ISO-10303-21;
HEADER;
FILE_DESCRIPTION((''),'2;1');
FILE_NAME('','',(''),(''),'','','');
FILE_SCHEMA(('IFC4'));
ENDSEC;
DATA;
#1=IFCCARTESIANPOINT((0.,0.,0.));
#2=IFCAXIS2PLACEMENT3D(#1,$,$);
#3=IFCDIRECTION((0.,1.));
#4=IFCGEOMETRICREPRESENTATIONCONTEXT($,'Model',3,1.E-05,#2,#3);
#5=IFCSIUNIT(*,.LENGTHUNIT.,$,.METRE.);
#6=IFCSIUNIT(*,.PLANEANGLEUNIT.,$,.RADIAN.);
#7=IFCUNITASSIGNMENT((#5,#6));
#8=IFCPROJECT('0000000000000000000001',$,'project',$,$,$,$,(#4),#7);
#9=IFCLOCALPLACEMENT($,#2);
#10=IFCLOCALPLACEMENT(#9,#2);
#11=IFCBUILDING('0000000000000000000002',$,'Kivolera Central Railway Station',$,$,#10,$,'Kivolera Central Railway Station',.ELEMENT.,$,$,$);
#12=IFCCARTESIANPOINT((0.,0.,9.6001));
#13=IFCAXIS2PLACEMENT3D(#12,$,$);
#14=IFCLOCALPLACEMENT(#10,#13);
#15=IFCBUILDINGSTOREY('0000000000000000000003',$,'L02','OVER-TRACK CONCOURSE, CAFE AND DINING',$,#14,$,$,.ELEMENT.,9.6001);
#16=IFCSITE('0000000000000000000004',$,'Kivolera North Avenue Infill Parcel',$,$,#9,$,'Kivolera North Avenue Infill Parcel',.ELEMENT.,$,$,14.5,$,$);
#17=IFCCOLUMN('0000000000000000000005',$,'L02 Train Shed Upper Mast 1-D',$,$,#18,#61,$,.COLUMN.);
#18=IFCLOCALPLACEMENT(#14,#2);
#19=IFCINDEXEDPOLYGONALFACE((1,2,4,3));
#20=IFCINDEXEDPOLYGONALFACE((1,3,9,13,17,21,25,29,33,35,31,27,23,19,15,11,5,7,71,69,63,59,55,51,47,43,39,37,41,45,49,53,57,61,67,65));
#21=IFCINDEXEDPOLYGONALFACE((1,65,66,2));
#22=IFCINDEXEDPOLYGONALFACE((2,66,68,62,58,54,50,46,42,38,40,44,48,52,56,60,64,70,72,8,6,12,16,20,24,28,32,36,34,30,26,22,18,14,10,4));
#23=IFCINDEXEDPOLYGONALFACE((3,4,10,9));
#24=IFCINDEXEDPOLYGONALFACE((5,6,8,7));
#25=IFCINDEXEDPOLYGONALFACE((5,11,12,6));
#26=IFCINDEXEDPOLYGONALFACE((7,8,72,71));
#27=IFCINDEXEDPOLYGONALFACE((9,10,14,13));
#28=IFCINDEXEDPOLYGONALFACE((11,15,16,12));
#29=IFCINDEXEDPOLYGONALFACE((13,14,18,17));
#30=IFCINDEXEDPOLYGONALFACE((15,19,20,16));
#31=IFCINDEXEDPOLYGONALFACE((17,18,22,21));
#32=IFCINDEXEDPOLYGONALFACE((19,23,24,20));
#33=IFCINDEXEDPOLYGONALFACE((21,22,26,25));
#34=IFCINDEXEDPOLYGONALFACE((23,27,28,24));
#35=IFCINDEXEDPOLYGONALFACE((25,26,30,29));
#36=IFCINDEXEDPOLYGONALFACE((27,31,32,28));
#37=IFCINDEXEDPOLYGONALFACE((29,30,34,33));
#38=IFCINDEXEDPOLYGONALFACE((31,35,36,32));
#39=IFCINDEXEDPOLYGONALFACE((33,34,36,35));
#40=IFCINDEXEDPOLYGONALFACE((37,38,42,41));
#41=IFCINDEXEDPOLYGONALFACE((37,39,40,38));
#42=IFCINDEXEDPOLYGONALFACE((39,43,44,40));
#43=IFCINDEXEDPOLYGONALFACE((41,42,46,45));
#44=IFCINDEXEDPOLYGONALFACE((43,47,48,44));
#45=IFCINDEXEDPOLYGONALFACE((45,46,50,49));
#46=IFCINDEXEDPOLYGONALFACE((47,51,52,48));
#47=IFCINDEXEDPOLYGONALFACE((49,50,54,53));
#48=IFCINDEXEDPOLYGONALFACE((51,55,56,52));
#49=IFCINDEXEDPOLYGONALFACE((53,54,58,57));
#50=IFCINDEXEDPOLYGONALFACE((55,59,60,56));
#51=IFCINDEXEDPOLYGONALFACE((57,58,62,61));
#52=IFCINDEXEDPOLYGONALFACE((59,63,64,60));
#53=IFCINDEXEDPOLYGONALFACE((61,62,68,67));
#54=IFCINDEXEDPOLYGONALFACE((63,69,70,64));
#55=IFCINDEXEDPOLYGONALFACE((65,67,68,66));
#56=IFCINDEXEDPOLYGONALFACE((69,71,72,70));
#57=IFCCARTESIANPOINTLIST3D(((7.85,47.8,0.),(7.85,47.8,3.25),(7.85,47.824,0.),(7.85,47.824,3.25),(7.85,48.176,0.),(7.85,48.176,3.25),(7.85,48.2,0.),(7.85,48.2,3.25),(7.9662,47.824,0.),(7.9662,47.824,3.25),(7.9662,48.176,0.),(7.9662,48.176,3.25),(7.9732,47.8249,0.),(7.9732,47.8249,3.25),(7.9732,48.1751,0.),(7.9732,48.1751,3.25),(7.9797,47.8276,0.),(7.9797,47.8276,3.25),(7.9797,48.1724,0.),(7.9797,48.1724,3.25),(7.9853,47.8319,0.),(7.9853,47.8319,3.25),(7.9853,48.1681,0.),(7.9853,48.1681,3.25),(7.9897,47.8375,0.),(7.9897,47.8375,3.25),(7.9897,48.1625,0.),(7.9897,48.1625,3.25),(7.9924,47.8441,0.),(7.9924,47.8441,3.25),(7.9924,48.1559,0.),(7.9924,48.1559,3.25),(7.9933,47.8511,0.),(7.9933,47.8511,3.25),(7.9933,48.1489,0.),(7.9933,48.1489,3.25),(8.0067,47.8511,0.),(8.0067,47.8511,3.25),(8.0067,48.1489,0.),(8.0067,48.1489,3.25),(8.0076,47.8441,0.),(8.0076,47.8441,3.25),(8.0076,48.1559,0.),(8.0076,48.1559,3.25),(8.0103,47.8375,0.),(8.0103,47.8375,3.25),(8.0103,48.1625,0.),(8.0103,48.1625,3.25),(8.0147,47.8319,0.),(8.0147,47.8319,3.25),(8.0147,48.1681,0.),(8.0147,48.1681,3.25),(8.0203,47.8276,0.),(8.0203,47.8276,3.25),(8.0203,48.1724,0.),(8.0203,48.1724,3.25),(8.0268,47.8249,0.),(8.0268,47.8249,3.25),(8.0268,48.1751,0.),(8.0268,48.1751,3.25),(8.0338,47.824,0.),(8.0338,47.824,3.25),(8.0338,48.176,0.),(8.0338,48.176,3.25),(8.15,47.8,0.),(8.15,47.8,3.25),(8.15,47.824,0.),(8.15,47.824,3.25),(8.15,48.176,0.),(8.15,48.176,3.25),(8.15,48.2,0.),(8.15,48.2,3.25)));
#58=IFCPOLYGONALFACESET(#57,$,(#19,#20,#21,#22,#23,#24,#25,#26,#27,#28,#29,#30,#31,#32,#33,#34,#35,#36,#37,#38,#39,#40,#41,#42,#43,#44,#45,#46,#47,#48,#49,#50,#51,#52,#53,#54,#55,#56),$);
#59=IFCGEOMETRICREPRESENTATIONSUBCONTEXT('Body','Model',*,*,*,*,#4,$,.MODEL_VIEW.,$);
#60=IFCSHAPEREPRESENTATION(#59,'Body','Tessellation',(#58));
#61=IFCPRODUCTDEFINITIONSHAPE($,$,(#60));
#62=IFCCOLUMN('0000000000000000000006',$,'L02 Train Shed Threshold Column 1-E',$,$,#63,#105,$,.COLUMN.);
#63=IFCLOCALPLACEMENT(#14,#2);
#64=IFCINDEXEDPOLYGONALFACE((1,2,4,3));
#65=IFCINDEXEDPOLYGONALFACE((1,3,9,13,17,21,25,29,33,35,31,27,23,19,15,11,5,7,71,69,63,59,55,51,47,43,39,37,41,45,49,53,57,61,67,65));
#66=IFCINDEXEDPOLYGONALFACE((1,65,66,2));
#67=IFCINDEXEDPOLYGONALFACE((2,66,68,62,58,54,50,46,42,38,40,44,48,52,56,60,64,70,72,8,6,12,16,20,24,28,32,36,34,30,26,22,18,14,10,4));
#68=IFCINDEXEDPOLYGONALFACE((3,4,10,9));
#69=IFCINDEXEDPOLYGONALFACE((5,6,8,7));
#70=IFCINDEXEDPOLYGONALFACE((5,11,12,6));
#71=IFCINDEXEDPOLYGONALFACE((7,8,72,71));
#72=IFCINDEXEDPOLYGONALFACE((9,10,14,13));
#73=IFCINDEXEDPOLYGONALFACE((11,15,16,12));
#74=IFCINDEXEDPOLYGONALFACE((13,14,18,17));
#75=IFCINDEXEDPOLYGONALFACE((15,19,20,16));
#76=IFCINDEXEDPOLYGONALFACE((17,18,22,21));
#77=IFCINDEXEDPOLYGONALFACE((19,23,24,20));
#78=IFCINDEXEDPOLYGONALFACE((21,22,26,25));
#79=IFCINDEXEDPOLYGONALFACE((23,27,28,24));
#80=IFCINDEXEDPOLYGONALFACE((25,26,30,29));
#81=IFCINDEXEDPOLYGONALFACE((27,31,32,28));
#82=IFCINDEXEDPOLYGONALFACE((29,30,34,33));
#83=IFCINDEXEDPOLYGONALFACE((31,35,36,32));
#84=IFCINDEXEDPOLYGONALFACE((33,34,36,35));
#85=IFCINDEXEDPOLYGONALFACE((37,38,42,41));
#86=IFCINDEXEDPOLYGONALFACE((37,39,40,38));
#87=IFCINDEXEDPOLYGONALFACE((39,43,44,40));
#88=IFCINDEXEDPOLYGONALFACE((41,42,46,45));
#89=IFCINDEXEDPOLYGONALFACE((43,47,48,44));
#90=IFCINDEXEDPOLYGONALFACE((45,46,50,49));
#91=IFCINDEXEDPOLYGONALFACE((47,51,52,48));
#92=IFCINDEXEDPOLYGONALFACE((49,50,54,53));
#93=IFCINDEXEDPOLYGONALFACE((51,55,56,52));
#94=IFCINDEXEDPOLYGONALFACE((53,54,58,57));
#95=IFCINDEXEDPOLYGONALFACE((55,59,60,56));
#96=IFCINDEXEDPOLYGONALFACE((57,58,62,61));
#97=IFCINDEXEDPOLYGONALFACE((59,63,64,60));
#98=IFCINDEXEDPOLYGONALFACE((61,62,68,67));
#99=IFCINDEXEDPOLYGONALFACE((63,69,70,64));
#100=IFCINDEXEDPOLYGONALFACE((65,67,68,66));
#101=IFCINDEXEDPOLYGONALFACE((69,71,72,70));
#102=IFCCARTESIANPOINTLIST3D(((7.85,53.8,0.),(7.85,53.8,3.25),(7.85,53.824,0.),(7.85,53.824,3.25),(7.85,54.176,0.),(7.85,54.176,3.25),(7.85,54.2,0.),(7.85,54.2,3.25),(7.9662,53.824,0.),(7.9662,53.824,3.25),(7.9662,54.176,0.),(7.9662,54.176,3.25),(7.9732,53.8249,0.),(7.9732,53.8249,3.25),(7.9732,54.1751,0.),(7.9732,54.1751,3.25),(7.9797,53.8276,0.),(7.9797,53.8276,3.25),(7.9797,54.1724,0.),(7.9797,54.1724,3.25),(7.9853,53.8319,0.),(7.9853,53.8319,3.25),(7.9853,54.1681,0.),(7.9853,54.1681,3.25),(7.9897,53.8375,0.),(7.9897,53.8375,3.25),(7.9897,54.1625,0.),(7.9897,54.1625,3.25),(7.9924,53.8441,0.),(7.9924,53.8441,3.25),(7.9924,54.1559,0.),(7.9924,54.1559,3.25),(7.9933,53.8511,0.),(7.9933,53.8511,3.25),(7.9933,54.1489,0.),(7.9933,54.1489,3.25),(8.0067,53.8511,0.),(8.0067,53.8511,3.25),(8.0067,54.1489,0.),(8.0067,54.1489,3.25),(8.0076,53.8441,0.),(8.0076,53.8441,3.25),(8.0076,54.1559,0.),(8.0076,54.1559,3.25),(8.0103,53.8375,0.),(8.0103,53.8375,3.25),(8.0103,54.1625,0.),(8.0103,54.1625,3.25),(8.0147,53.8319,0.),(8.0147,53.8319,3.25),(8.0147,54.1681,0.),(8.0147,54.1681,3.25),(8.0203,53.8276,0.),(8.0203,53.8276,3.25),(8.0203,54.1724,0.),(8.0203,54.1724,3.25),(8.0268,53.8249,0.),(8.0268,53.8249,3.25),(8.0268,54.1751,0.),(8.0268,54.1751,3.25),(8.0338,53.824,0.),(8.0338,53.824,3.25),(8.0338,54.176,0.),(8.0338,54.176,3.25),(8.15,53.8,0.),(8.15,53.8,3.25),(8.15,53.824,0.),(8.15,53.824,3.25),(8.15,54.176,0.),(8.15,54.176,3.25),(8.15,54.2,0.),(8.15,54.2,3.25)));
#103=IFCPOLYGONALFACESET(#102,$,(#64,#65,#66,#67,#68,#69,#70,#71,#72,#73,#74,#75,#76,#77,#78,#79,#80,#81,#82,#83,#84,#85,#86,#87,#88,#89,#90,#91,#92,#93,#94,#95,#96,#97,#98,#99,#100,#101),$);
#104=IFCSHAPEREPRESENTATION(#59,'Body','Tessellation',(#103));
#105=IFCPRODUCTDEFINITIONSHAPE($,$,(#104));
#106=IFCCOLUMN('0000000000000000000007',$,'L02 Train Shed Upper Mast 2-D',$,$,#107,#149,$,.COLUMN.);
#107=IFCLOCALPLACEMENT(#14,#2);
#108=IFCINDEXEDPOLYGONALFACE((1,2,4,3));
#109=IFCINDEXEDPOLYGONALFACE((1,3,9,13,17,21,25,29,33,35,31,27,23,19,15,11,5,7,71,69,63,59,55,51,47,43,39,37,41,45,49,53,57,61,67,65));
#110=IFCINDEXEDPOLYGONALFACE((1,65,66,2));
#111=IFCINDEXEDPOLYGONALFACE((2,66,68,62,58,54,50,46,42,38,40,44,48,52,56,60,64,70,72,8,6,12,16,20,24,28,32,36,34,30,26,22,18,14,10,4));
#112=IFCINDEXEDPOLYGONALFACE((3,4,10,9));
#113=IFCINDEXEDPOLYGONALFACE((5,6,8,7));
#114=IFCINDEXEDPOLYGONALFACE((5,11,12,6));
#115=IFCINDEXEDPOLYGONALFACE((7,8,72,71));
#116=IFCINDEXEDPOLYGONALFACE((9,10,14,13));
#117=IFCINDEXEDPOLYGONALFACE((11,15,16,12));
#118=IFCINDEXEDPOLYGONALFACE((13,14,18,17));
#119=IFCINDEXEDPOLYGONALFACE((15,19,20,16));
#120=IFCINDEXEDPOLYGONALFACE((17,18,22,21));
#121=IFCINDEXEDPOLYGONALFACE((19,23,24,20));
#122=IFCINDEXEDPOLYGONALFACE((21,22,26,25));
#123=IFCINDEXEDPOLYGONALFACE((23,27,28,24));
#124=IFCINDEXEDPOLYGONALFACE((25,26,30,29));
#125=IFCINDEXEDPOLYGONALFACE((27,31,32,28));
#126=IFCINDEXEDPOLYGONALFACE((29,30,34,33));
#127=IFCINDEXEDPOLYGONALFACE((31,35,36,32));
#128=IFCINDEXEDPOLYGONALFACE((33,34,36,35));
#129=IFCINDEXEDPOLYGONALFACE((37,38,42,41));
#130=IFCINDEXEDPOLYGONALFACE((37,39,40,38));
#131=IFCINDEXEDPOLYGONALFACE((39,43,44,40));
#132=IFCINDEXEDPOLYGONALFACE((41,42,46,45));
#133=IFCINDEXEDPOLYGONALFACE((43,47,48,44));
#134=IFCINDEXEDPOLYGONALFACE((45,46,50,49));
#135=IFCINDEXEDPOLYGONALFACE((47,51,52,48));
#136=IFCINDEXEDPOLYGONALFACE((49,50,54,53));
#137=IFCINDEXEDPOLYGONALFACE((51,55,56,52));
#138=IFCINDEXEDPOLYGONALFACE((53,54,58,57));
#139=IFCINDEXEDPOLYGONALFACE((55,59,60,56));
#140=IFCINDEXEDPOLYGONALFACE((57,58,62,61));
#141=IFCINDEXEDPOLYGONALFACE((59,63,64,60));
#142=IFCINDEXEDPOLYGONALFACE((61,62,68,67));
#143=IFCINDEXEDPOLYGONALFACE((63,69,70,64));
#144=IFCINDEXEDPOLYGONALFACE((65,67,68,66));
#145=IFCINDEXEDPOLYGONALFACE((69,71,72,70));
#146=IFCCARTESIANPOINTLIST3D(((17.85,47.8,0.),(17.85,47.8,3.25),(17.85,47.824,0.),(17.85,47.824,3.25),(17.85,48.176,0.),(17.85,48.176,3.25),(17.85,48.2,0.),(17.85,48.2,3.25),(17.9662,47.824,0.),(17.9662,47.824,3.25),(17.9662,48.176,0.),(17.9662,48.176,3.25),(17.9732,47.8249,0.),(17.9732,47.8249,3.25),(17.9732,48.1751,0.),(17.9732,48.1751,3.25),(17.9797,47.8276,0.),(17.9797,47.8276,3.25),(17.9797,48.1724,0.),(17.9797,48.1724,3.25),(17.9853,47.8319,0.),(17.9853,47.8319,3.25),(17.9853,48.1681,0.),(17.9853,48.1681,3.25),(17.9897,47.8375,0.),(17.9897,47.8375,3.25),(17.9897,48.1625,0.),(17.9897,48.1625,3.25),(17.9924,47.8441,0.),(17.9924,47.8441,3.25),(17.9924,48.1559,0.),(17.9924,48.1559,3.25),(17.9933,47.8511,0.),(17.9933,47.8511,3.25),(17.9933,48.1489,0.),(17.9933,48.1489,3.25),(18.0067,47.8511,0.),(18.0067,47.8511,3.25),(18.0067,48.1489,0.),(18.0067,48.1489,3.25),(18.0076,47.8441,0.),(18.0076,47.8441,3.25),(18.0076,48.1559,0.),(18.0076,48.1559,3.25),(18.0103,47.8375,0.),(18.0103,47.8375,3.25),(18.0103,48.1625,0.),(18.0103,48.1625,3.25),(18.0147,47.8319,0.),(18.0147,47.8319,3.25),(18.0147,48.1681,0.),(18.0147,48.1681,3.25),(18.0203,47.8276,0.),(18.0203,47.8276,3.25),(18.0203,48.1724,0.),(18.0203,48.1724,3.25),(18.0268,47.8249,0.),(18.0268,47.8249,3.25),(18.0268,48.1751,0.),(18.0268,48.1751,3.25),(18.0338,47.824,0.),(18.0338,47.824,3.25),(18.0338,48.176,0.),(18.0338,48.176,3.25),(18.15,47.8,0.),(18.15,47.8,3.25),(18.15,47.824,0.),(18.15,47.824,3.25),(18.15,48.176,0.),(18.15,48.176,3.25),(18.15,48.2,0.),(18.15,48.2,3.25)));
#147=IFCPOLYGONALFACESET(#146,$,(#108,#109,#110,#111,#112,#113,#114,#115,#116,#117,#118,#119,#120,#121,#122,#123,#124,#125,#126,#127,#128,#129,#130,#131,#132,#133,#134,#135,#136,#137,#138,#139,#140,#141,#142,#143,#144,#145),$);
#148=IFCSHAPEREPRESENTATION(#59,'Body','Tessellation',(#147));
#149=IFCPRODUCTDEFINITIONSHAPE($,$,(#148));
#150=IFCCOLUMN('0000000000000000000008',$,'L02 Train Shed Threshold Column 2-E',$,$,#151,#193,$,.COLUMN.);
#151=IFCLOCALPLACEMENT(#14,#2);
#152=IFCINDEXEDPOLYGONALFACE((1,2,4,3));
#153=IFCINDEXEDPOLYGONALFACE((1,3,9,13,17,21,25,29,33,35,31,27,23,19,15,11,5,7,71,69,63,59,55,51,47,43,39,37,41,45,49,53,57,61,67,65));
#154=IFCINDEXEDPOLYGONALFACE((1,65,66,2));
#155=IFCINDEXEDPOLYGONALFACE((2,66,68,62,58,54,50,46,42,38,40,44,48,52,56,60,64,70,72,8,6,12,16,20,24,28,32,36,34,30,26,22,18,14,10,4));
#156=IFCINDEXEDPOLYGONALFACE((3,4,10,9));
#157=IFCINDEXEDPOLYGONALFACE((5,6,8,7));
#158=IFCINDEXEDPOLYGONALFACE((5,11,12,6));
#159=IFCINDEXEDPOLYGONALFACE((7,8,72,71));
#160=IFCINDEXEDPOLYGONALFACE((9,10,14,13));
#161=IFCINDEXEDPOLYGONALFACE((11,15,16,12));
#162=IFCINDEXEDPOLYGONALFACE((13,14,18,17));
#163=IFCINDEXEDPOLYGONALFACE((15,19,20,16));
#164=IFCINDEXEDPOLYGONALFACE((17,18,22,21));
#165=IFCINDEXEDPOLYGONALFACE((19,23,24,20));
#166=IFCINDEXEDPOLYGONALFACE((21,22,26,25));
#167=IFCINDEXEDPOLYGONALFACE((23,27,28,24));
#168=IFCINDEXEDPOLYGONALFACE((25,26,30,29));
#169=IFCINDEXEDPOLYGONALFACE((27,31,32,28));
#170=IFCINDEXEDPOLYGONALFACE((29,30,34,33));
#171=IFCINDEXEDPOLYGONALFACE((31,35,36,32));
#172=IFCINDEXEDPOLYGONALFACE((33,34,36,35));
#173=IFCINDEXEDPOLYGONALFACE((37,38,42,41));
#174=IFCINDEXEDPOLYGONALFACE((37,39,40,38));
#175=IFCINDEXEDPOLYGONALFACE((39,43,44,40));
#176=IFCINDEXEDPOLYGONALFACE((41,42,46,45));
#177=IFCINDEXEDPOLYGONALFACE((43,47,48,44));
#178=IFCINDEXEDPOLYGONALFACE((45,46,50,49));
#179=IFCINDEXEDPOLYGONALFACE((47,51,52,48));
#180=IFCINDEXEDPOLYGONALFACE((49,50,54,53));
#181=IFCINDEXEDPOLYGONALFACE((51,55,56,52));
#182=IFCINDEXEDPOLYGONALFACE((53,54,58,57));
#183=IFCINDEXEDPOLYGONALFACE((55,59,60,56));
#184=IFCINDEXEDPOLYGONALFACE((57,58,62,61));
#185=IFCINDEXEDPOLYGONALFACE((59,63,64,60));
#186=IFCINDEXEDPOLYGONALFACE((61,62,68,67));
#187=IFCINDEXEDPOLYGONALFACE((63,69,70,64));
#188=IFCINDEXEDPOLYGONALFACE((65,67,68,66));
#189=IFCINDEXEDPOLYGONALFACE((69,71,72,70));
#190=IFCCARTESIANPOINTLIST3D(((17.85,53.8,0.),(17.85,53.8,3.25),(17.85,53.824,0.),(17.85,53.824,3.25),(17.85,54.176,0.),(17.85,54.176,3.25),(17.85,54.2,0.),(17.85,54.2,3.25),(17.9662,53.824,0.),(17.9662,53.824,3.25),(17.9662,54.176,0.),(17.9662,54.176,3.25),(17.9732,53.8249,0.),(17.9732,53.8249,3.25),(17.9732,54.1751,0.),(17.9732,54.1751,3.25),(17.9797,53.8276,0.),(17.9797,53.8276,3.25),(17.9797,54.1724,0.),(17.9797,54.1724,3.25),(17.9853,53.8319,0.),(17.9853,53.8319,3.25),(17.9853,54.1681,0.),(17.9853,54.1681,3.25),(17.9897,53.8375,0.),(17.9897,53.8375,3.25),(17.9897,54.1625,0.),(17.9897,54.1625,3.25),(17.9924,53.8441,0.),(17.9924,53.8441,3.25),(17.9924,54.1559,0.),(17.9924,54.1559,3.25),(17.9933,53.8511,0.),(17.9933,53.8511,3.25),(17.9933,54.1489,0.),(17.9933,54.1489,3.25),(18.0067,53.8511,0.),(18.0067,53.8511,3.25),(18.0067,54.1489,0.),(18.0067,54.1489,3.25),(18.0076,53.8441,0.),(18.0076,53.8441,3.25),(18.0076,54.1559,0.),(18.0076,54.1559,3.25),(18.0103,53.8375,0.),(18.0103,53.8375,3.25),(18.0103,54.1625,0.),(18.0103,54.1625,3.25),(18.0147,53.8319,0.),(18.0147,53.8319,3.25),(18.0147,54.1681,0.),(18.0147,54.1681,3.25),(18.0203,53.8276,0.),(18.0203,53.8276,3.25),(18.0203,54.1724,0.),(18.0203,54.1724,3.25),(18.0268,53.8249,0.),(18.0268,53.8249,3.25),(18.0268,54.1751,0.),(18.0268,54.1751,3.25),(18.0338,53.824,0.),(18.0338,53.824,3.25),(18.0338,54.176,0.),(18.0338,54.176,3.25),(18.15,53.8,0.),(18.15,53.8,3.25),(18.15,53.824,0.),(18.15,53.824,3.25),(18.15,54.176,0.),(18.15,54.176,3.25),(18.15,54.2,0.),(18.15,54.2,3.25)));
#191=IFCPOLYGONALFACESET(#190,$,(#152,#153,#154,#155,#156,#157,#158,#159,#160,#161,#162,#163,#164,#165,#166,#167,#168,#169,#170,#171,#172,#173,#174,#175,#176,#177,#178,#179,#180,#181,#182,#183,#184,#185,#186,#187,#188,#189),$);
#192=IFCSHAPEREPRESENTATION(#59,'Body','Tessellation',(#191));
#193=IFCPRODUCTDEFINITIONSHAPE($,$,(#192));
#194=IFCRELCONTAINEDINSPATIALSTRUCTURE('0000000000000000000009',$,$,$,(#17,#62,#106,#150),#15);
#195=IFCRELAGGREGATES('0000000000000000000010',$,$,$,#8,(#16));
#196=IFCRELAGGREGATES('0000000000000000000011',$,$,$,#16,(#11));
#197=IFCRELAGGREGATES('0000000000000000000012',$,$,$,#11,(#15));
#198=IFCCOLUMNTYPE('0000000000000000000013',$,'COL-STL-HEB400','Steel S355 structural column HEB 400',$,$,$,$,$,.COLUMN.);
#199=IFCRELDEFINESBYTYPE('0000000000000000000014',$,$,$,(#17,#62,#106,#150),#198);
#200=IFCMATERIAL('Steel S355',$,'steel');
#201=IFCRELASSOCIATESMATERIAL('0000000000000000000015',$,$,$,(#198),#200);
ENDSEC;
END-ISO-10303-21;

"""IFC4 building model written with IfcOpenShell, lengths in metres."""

from ifc_helpers import new_model, si_unit, direction, frame, origin, origin_2d, place, context, subcontext, project, spatial, i_section, extrude, material, material_profile, profile_set, type_object, element, save


model = new_model("IFC4")

# Units and contexts
model_context = context("Model", 3, precision=1e-05, world=origin(), true_north=direction((0.0, 1.0)))
body_context = subcontext(model_context, "Body", "Model", "MODEL_VIEW")
ifc_project = project(units=[si_unit("LENGTHUNIT", "METRE"), si_unit("PLANEANGLEUNIT", "RADIAN")], contexts=[model_context])

# Site, building, storey
site_placement = place(None, origin())
site = spatial("IfcSite", under=ifc_project, at=site_placement, Name="Kivolera North Avenue Infill Parcel", LongName="Kivolera North Avenue Infill Parcel", CompositionType="ELEMENT", RefElevation=14.5)
building_placement = place(site_placement, origin())
building = spatial("IfcBuilding", under=site, at=building_placement, Name="Kivolera Central Railway Station", LongName="Kivolera Central Railway Station", CompositionType="ELEMENT")
storey_placement = place(building_placement, frame((0.0, 0.0, 9.6001)))
storey = spatial("IfcBuildingStorey", under=building, at=storey_placement, Name="L02", Description="OVER-TRACK CONCOURSE, CAFE AND DINING", CompositionType="ELEMENT", Elevation=9.6001)

# Columns
ifc_material_1 = material(Name="Steel S355", Category="steel")
ifc_material_profile_1 = material_profile(ifc_material_1, i_section(OverallWidth=0.3, OverallDepth=0.3999, WebThickness=0.0134, FlangeThickness=0.0239, FilletRadius=0.0271, at=origin_2d()), Name="HEB 400")
ifc_profile_set_1 = profile_set([ifc_material_profile_1], Name="Steel S355")
column_type = type_object("IfcColumnType", Name="COL-STL-HEB400", Description="Steel S355 structural column HEB 400", PredefinedType="COLUMN", material=ifc_profile_set_1)
for number, where, z_axis, x_axis, name in (
    (1, (8.0, 48.0, 0.0), (0.0, 0.0, 1.0), (1.0, 0.0, 0.0), "L02 Train Shed Upper Mast 1-D"),
    (2, (8.0, 54.0, 0.0), (0.0, 0.0, 1.0), (1.0, 0.0, 0.0), "L02 Train Shed Threshold Column 1-E"),
    (3, (18.0, 48.0, 0.0), (0.0, 0.0, 1.0), (1.0, 0.0, 0.0), "L02 Train Shed Upper Mast 2-D"),
    (4, (18.0, 54.0, 0.0), (0.0, 0.0, 1.0), (1.0, 0.0, 0.0), "L02 Train Shed Threshold Column 2-E"),
):
    element("IfcColumn", number, at=place(storey_placement, frame(where, z_axis=z_axis, x_axis=x_axis)), inside=storey, type_object=column_type, Name=name, PredefinedType="COLUMN", context=body_context, shape_type="SweptSolid", body=[
        extrude(i_section(OverallWidth=0.3, OverallDepth=0.3999, WebThickness=0.0134, FlangeThickness=0.0239, FilletRadius=0.0271, at=origin_2d()), origin(), (0.0, 0.0, 1.0), 3.25),
    ])

save(model, "model.ifc")
